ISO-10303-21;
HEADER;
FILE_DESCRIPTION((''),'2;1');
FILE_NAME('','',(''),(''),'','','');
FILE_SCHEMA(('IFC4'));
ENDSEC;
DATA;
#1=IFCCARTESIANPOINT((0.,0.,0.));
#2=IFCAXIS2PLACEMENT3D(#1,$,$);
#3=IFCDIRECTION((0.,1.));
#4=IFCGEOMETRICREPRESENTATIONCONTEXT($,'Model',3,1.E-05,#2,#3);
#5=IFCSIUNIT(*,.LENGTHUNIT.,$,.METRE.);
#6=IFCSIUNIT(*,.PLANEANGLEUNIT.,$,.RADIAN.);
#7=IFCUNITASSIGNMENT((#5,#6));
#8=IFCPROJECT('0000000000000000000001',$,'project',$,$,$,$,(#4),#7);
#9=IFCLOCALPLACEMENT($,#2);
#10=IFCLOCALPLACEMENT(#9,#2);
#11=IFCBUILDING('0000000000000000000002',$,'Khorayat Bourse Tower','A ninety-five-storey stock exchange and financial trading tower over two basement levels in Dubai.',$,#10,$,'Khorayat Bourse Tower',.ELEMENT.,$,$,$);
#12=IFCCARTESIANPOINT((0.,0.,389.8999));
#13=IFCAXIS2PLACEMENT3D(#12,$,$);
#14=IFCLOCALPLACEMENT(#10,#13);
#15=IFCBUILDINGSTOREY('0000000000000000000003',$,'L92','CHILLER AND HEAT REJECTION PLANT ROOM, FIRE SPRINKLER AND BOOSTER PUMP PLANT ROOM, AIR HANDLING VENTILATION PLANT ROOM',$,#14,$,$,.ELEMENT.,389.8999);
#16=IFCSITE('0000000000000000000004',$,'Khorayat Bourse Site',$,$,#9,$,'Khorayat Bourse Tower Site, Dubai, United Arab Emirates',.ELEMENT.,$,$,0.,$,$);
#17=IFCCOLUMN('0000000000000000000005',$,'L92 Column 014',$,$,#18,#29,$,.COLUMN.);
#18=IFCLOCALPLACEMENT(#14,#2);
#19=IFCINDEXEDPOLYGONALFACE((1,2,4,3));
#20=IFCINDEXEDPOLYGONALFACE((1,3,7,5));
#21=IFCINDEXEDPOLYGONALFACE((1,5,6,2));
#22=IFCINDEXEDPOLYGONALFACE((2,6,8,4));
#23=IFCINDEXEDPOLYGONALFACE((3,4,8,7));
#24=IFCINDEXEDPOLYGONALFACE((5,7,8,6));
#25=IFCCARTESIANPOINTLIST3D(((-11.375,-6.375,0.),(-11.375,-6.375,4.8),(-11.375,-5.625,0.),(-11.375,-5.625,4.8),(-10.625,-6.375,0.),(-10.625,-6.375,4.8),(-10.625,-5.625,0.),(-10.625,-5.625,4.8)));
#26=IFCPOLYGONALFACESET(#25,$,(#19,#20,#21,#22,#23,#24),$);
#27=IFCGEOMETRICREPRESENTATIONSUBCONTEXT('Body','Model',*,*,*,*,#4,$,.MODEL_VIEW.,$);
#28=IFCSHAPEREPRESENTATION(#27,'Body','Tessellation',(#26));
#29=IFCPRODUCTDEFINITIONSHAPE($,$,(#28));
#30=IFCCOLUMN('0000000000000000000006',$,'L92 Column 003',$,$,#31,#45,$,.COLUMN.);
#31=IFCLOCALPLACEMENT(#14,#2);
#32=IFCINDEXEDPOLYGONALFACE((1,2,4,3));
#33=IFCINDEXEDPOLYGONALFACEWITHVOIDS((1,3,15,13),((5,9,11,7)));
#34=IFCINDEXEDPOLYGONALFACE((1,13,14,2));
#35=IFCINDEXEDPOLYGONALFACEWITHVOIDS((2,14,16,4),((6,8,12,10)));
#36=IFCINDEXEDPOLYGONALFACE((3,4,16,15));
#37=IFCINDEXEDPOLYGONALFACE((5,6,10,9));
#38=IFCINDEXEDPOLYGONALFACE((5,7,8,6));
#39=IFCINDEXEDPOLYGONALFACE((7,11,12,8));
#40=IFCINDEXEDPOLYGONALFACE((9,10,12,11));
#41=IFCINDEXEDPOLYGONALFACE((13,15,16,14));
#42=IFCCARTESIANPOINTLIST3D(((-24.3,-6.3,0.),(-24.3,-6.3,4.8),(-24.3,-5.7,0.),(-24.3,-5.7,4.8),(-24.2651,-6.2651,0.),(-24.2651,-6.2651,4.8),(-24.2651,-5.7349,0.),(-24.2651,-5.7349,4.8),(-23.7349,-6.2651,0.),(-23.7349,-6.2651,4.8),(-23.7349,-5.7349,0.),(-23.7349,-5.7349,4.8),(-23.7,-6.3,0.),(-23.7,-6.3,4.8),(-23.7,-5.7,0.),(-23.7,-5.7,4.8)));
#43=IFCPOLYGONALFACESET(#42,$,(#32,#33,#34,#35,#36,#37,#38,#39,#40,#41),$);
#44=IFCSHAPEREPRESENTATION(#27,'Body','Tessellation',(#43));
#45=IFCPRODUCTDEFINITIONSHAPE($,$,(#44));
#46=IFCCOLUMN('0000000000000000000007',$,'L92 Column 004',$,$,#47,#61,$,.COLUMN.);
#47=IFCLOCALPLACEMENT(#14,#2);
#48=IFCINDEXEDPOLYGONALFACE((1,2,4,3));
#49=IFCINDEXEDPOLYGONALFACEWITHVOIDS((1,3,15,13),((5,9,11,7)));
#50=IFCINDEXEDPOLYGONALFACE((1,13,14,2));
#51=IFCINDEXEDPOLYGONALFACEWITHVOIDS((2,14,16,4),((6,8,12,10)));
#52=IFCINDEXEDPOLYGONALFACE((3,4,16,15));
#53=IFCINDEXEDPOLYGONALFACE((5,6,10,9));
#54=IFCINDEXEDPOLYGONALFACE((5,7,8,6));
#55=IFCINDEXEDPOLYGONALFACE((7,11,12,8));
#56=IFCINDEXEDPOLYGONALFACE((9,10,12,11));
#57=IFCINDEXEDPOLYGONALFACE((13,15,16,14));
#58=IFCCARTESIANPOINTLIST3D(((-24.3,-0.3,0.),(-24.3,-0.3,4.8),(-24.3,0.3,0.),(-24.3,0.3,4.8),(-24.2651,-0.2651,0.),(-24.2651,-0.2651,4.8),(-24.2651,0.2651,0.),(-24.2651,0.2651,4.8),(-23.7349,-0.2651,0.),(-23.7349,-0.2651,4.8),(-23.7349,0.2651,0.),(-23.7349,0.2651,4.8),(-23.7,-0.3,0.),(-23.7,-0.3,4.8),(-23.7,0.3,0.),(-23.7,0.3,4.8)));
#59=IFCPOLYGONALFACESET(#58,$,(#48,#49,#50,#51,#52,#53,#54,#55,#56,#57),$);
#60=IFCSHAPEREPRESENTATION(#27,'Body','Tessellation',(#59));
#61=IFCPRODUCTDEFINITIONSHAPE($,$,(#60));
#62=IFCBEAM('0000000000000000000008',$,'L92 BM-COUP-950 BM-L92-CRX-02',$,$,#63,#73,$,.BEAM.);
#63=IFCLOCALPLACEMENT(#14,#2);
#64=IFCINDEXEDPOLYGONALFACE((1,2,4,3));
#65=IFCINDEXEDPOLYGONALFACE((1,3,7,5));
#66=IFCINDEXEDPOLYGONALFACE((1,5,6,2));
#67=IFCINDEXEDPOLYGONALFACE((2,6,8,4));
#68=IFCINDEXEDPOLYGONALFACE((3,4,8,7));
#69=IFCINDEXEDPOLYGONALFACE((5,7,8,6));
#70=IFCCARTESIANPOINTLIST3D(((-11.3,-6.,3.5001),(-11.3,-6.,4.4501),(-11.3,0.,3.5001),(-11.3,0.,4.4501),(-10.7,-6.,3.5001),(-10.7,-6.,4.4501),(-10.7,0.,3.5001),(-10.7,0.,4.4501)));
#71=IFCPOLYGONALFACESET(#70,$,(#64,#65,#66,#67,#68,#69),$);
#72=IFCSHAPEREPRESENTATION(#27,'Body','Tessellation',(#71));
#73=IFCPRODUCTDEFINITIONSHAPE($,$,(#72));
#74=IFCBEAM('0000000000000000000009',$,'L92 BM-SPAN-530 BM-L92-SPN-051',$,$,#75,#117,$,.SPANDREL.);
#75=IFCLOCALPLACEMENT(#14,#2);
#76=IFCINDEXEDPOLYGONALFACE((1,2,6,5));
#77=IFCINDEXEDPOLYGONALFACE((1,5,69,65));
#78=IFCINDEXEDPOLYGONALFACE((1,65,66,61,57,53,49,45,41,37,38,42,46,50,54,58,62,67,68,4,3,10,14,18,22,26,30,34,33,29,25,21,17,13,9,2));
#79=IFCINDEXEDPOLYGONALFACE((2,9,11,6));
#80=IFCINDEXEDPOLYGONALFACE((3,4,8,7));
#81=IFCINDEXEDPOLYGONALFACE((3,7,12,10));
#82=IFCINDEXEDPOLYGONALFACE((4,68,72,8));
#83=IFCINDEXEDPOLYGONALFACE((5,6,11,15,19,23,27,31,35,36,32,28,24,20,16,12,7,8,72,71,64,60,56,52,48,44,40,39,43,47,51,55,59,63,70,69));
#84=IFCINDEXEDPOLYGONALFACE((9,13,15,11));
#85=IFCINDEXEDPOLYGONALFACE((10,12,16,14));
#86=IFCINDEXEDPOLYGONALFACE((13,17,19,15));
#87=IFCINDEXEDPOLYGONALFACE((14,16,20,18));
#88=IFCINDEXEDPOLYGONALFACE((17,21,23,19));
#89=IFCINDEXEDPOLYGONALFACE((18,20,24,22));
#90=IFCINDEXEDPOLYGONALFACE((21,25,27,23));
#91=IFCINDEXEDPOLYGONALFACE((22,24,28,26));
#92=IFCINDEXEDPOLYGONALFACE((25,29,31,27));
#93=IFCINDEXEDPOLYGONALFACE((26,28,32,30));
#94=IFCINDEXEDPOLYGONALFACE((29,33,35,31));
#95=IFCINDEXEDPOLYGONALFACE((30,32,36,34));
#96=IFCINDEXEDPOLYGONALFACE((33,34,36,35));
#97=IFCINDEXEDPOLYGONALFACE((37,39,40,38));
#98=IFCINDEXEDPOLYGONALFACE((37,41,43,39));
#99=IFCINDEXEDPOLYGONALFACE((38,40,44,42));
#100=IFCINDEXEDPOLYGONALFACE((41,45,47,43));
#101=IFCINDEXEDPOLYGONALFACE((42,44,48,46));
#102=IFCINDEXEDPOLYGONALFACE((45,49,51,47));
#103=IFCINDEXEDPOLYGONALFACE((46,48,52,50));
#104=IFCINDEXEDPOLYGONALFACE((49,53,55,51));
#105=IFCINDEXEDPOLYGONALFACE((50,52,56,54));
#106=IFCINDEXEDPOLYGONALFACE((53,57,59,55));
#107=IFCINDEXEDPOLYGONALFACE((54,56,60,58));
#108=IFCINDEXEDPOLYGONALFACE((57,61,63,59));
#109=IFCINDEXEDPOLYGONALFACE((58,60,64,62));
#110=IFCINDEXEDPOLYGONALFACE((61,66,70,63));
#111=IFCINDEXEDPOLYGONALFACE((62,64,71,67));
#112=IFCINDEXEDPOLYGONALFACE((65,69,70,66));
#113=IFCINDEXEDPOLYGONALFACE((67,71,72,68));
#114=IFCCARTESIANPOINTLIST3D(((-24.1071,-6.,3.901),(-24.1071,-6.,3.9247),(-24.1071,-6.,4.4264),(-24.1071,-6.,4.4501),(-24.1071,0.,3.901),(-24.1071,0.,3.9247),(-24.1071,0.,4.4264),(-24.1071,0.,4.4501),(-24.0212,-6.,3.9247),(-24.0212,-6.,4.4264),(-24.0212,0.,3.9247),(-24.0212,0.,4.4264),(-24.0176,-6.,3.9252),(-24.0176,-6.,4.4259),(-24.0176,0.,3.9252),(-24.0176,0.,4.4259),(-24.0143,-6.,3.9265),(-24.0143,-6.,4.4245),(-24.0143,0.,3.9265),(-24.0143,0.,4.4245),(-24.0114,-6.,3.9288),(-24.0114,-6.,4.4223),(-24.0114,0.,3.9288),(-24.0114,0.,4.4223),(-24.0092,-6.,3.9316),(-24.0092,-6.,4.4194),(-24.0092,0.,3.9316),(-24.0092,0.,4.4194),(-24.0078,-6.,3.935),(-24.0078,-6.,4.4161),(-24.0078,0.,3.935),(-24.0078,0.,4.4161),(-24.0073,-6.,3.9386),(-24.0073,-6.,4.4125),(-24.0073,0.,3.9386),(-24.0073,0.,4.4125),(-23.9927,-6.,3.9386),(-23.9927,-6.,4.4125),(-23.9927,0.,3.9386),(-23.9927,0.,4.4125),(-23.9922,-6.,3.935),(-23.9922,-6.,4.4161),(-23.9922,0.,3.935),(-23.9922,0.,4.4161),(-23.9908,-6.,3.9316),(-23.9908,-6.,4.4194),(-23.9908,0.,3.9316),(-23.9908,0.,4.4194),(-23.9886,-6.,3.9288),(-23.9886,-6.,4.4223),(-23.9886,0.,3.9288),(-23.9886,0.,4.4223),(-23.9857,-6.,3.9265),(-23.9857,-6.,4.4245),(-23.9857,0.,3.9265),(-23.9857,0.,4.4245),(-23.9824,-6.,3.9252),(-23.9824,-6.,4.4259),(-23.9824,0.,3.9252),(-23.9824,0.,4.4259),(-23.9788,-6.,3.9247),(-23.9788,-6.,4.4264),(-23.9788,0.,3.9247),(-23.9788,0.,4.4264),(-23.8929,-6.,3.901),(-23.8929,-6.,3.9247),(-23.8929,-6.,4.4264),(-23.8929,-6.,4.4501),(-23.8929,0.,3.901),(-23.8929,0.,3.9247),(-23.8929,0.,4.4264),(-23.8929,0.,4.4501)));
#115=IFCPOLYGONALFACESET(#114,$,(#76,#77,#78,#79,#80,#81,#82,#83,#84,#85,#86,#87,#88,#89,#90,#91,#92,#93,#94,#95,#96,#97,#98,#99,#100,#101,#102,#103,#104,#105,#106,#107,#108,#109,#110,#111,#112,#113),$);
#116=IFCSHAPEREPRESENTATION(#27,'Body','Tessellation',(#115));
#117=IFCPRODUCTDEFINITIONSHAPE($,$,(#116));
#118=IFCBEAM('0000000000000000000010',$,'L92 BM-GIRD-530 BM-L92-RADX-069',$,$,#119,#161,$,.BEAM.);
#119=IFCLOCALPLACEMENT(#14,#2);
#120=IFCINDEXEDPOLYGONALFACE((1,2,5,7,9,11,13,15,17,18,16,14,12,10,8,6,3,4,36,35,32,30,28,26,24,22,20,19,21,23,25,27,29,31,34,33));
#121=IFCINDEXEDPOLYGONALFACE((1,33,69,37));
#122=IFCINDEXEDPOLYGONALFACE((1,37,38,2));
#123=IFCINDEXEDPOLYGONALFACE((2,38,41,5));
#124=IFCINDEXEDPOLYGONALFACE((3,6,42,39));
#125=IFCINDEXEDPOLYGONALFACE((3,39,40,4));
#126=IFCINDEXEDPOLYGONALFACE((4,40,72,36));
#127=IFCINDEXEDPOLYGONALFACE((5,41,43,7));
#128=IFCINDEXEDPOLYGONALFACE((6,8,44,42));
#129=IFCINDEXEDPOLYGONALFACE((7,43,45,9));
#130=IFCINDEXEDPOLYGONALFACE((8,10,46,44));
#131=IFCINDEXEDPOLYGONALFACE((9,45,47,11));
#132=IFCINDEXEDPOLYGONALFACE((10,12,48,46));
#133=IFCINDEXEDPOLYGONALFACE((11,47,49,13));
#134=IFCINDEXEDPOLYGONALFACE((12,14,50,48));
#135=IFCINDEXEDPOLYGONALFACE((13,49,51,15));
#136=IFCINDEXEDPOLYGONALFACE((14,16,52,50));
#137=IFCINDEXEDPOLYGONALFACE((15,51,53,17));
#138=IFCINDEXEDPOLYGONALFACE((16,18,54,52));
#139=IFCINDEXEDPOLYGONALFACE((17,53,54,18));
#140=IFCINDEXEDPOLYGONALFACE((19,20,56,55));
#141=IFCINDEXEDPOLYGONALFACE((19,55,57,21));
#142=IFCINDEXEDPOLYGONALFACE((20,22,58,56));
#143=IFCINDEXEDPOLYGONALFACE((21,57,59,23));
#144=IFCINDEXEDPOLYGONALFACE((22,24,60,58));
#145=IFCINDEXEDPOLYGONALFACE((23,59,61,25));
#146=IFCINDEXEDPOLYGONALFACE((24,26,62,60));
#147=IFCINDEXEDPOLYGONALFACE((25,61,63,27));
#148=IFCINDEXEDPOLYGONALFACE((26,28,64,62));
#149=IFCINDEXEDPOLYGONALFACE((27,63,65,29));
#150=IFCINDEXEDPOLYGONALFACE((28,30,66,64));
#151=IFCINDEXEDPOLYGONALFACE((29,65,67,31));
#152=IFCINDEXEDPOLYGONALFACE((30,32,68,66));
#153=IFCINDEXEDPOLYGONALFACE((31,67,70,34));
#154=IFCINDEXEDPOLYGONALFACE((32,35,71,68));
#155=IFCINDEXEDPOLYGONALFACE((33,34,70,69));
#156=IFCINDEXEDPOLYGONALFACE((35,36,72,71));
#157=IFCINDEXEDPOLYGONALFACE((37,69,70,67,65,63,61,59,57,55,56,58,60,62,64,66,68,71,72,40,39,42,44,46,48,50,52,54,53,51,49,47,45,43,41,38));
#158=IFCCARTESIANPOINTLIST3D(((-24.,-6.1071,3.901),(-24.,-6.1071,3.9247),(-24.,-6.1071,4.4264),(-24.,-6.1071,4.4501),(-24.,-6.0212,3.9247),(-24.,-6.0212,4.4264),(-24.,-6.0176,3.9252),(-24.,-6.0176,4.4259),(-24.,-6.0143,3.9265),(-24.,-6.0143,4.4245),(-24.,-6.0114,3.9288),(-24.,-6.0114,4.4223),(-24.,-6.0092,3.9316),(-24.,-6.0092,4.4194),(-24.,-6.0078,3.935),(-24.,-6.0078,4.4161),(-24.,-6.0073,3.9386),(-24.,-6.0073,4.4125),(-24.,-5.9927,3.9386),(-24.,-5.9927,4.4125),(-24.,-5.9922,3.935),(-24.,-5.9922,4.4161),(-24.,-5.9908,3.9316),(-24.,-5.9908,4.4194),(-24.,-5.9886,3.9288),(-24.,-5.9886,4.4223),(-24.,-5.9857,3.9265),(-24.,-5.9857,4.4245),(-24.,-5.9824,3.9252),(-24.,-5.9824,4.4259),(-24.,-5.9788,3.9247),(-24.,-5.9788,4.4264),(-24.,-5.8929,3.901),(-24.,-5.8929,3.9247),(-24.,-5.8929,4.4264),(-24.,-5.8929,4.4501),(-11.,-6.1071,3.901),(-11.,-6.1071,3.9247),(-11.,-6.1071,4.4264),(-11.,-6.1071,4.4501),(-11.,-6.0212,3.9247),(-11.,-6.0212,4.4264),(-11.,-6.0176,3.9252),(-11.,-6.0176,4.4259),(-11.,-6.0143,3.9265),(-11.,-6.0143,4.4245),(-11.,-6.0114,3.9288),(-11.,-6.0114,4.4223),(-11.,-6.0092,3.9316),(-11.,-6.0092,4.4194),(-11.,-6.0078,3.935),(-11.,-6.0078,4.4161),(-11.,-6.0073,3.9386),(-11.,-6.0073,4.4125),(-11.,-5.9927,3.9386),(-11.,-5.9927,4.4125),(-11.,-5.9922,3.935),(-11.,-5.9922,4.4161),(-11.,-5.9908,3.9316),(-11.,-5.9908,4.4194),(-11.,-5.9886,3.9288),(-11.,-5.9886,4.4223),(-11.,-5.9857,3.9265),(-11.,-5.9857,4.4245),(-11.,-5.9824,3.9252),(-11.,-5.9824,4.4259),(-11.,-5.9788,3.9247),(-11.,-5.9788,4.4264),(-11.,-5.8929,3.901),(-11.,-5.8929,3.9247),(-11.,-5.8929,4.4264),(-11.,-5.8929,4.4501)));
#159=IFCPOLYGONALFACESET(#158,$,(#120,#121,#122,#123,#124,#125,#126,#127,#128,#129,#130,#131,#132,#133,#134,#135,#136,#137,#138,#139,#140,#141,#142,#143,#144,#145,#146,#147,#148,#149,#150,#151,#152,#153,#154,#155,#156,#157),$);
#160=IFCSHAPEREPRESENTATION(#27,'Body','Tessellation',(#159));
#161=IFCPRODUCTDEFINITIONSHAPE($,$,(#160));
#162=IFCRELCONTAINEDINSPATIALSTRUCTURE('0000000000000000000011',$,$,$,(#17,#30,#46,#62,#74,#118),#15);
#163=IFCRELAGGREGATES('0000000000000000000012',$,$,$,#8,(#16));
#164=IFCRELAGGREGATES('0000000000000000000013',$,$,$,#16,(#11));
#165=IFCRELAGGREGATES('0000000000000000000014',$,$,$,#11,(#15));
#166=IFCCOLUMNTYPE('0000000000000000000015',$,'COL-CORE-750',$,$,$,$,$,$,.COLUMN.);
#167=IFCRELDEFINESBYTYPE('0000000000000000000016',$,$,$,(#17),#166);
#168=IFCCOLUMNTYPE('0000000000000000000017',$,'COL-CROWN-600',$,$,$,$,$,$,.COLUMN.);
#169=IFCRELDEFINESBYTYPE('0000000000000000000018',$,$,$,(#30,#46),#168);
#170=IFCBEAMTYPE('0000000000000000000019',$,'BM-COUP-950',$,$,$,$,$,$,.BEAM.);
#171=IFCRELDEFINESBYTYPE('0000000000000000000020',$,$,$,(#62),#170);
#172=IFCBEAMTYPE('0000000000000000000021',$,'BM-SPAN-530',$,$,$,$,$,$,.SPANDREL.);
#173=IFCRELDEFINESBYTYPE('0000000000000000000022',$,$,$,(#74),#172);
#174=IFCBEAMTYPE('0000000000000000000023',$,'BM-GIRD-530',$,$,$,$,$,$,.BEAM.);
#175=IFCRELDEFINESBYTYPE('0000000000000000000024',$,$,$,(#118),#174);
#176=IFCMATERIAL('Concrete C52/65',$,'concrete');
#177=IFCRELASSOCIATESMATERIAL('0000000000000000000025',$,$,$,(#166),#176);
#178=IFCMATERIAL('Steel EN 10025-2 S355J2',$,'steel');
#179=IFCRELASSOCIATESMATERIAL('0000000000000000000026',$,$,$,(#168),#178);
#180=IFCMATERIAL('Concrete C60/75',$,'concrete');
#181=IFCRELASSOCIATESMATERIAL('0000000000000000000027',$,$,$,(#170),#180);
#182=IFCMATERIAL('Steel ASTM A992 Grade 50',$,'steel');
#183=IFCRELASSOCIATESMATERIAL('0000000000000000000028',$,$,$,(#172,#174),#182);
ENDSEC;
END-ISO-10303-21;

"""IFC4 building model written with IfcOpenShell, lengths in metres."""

from ifc_helpers import new_model, si_unit, direction, frame, origin, origin_2d, place, context, subcontext, project, spatial, rectangle, hollow_rectangle, i_section, extrude, source, transform, mapped, material, material_profile, profile_set, type_object, element, save


model = new_model("IFC4")

# Units and contexts
model_context = context("Model", 3, precision=1e-05, world=origin(), true_north=direction((0.0, 1.0)))
body_context = subcontext(model_context, "Body", "Model", "MODEL_VIEW")
ifc_project = project(units=[si_unit("LENGTHUNIT", "METRE"), si_unit("PLANEANGLEUNIT", "RADIAN")], contexts=[model_context])

# Site, building, storey
site_placement = place(None, origin())
site = spatial("IfcSite", under=ifc_project, at=site_placement, Name="Khorayat Bourse Site", LongName="Khorayat Bourse Tower Site, Dubai, United Arab Emirates", CompositionType="ELEMENT", RefElevation=0.0)
building_placement = place(site_placement, origin())
building = spatial("IfcBuilding", under=site, at=building_placement, Name="Khorayat Bourse Tower", Description="A ninety-five-storey stock exchange and financial trading tower over two basement levels in Dubai.", LongName="Khorayat Bourse Tower", CompositionType="ELEMENT")
storey_placement = place(building_placement, frame((0.0, 0.0, 389.8999)))
storey = spatial("IfcBuildingStorey", under=building, at=storey_placement, Name="L92", Description="CHILLER AND HEAT REJECTION PLANT ROOM, FIRE SPRINKLER AND BOOSTER PUMP PLANT ROOM, AIR HANDLING VENTILATION PLANT ROOM", CompositionType="ELEMENT", Elevation=389.8999)

# Columns
ifc_material_1 = material(Name="Concrete C52/65", Category="concrete")
ifc_material_profile_1 = material_profile(ifc_material_1, rectangle(XDim=0.75, YDim=0.75, at=origin_2d()), Name="RC 750x750")
ifc_profile_set_1 = profile_set([ifc_material_profile_1], Name="Concrete C52/65")
column_type_1 = type_object("IfcColumnType", Name="COL-CORE-750", PredefinedType="COLUMN", material=ifc_profile_set_1)
shared_shape_1 = source(origin(), body_context, "Body", "SweptSolid", [
    extrude(rectangle(XDim=0.75, YDim=0.75, at=origin_2d()), origin(), (0.0, 0.0, 1.0), 4.8),
])
column_placement = place(storey_placement, frame((-11.0, -6.0, 0.0), z_axis=(0.0, 0.0, 1.0), x_axis=(1.0, 0.0, 0.0)))
element("IfcColumn", 1, at=column_placement, inside=storey, type_object=column_type_1, Name="L92 Column 014", PredefinedType="COLUMN", context=body_context, shape_type="MappedRepresentation", body=[
    mapped(shared_shape_1, transform((0.0, 0.0, 0.0), scale=1.0)),
])
ifc_material_2 = material(Name="Steel EN 10025-2 S355J2", Category="steel")
ifc_material_profile_2 = material_profile(ifc_material_2, hollow_rectangle(XDim=0.6001, YDim=0.6001, WallThickness=0.0349, at=origin_2d()), Name="BOX 600x600x35")
ifc_profile_set_2 = profile_set([ifc_material_profile_2], Name="Steel EN 10025-2 S355J2")
column_type_2 = type_object("IfcColumnType", Name="COL-CROWN-600", PredefinedType="COLUMN", material=ifc_profile_set_2)
shared_shape_2 = source(origin(), body_context, "Body", "SweptSolid", [
    extrude(hollow_rectangle(XDim=0.6001, YDim=0.6001, WallThickness=0.0349, at=origin_2d()), origin(), (0.0, 0.0, 1.0), 4.8),
])
for number, where, z_axis, x_axis, name in (
    (2, (-24.0, -6.0, 0.0), (0.0, 0.0, 1.0), (1.0, 0.0, 0.0), "L92 Column 003"),
    (3, (-24.0, 0.0, 0.0), (0.0, 0.0, 1.0), (1.0, 0.0, 0.0), "L92 Column 004"),
):
    element("IfcColumn", number, at=place(storey_placement, frame(where, z_axis=z_axis, x_axis=x_axis)), inside=storey, type_object=column_type_2, Name=name, PredefinedType="COLUMN", context=body_context, shape_type="MappedRepresentation", body=[
        mapped(shared_shape_2, transform((0.0, 0.0, 0.0), scale=1.0)),
    ])

# Beams
ifc_material_3 = material(Name="Concrete C60/75", Category="concrete")
ifc_material_profile_3 = material_profile(ifc_material_3, rectangle(XDim=0.6001, YDim=0.95, at=origin_2d()), Name="RC 600x950")
ifc_profile_set_3 = profile_set([ifc_material_profile_3], Name="Concrete C60/75")
beam_type_1 = type_object("IfcBeamType", Name="BM-COUP-950", PredefinedType="BEAM", material=ifc_profile_set_3)
shared_shape_3 = source(origin(), body_context, "Body", "SweptSolid", [
    extrude(rectangle(XDim=0.6001, YDim=0.95, at=origin_2d()), origin(), (0.0, 0.0, 1.0), 6.0),
])
beam_1_placement = place(storey_placement, frame((-11.0, -6.0, 3.9751), z_axis=(0.0, 1.0, 0.0), x_axis=(-1.0, 0.0, 0.0)))
element("IfcBeam", 4, at=beam_1_placement, inside=storey, type_object=beam_type_1, Name="L92 BM-COUP-950 BM-L92-CRX-02", PredefinedType="BEAM", context=body_context, shape_type="MappedRepresentation", body=[
    mapped(shared_shape_3, transform((0.0, 0.0, 0.0), scale=1.0)),
])
ifc_material_4 = material(Name="Steel ASTM A992 Grade 50", Category="steel")
ifc_material_profile_4 = material_profile(ifc_material_4, i_section(OverallWidth=0.2141, OverallDepth=0.5491, WebThickness=0.0146, FlangeThickness=0.0237, FilletRadius=0.0139, at=origin_2d()), Name="W530X138")
ifc_profile_set_4 = profile_set([ifc_material_profile_4], Name="Steel ASTM A992 Grade 50")
beam_type_2 = type_object("IfcBeamType", Name="BM-SPAN-530", PredefinedType="SPANDREL", material=ifc_profile_set_4)
shared_shape_4 = source(origin(), body_context, "Body", "SweptSolid", [
    extrude(i_section(OverallWidth=0.2141, OverallDepth=0.5491, WebThickness=0.0146, FlangeThickness=0.0237, FilletRadius=0.0139, at=origin_2d()), origin(), (0.0, 0.0, 1.0), 6.0),
])
beam_2_placement = place(storey_placement, frame((-24.0, -6.0, 4.1755), z_axis=(0.0, 1.0, 0.0), x_axis=(-1.0, 0.0, 0.0)))
element("IfcBeam", 5, at=beam_2_placement, inside=storey, type_object=beam_type_2, Name="L92 BM-SPAN-530 BM-L92-SPN-051", PredefinedType="SPANDREL", context=body_context, shape_type="MappedRepresentation", body=[
    mapped(shared_shape_4, transform((0.0, 0.0, 0.0), scale=1.0)),
])
ifc_material_profile_5 = material_profile(ifc_material_4, i_section(OverallWidth=0.2141, OverallDepth=0.5491, WebThickness=0.0146, FlangeThickness=0.0237, FilletRadius=0.0139, at=origin_2d()), Name="W530X138")
ifc_profile_set_5 = profile_set([ifc_material_profile_5], Name="Steel ASTM A992 Grade 50")
beam_type_3 = type_object("IfcBeamType", Name="BM-GIRD-530", PredefinedType="BEAM", material=ifc_profile_set_5)
shared_shape_5 = source(origin(), body_context, "Body", "SweptSolid", [
    extrude(i_section(OverallWidth=0.2141, OverallDepth=0.5491, WebThickness=0.0146, FlangeThickness=0.0237, FilletRadius=0.0139, at=origin_2d()), origin(), (0.0, 0.0, 1.0), 13.0),
])
beam_3_placement = place(storey_placement, frame((-24.0, -6.0, 4.1755), z_axis=(1.0, 0.0, 0.0), x_axis=(0.0, 1.0, 0.0)))
element("IfcBeam", 6, at=beam_3_placement, inside=storey, type_object=beam_type_3, Name="L92 BM-GIRD-530 BM-L92-RADX-069", PredefinedType="BEAM", context=body_context, shape_type="MappedRepresentation", body=[
    mapped(shared_shape_5, transform((0.0, 0.0, 0.0), scale=1.0)),
])

save(model, "model.ifc")
